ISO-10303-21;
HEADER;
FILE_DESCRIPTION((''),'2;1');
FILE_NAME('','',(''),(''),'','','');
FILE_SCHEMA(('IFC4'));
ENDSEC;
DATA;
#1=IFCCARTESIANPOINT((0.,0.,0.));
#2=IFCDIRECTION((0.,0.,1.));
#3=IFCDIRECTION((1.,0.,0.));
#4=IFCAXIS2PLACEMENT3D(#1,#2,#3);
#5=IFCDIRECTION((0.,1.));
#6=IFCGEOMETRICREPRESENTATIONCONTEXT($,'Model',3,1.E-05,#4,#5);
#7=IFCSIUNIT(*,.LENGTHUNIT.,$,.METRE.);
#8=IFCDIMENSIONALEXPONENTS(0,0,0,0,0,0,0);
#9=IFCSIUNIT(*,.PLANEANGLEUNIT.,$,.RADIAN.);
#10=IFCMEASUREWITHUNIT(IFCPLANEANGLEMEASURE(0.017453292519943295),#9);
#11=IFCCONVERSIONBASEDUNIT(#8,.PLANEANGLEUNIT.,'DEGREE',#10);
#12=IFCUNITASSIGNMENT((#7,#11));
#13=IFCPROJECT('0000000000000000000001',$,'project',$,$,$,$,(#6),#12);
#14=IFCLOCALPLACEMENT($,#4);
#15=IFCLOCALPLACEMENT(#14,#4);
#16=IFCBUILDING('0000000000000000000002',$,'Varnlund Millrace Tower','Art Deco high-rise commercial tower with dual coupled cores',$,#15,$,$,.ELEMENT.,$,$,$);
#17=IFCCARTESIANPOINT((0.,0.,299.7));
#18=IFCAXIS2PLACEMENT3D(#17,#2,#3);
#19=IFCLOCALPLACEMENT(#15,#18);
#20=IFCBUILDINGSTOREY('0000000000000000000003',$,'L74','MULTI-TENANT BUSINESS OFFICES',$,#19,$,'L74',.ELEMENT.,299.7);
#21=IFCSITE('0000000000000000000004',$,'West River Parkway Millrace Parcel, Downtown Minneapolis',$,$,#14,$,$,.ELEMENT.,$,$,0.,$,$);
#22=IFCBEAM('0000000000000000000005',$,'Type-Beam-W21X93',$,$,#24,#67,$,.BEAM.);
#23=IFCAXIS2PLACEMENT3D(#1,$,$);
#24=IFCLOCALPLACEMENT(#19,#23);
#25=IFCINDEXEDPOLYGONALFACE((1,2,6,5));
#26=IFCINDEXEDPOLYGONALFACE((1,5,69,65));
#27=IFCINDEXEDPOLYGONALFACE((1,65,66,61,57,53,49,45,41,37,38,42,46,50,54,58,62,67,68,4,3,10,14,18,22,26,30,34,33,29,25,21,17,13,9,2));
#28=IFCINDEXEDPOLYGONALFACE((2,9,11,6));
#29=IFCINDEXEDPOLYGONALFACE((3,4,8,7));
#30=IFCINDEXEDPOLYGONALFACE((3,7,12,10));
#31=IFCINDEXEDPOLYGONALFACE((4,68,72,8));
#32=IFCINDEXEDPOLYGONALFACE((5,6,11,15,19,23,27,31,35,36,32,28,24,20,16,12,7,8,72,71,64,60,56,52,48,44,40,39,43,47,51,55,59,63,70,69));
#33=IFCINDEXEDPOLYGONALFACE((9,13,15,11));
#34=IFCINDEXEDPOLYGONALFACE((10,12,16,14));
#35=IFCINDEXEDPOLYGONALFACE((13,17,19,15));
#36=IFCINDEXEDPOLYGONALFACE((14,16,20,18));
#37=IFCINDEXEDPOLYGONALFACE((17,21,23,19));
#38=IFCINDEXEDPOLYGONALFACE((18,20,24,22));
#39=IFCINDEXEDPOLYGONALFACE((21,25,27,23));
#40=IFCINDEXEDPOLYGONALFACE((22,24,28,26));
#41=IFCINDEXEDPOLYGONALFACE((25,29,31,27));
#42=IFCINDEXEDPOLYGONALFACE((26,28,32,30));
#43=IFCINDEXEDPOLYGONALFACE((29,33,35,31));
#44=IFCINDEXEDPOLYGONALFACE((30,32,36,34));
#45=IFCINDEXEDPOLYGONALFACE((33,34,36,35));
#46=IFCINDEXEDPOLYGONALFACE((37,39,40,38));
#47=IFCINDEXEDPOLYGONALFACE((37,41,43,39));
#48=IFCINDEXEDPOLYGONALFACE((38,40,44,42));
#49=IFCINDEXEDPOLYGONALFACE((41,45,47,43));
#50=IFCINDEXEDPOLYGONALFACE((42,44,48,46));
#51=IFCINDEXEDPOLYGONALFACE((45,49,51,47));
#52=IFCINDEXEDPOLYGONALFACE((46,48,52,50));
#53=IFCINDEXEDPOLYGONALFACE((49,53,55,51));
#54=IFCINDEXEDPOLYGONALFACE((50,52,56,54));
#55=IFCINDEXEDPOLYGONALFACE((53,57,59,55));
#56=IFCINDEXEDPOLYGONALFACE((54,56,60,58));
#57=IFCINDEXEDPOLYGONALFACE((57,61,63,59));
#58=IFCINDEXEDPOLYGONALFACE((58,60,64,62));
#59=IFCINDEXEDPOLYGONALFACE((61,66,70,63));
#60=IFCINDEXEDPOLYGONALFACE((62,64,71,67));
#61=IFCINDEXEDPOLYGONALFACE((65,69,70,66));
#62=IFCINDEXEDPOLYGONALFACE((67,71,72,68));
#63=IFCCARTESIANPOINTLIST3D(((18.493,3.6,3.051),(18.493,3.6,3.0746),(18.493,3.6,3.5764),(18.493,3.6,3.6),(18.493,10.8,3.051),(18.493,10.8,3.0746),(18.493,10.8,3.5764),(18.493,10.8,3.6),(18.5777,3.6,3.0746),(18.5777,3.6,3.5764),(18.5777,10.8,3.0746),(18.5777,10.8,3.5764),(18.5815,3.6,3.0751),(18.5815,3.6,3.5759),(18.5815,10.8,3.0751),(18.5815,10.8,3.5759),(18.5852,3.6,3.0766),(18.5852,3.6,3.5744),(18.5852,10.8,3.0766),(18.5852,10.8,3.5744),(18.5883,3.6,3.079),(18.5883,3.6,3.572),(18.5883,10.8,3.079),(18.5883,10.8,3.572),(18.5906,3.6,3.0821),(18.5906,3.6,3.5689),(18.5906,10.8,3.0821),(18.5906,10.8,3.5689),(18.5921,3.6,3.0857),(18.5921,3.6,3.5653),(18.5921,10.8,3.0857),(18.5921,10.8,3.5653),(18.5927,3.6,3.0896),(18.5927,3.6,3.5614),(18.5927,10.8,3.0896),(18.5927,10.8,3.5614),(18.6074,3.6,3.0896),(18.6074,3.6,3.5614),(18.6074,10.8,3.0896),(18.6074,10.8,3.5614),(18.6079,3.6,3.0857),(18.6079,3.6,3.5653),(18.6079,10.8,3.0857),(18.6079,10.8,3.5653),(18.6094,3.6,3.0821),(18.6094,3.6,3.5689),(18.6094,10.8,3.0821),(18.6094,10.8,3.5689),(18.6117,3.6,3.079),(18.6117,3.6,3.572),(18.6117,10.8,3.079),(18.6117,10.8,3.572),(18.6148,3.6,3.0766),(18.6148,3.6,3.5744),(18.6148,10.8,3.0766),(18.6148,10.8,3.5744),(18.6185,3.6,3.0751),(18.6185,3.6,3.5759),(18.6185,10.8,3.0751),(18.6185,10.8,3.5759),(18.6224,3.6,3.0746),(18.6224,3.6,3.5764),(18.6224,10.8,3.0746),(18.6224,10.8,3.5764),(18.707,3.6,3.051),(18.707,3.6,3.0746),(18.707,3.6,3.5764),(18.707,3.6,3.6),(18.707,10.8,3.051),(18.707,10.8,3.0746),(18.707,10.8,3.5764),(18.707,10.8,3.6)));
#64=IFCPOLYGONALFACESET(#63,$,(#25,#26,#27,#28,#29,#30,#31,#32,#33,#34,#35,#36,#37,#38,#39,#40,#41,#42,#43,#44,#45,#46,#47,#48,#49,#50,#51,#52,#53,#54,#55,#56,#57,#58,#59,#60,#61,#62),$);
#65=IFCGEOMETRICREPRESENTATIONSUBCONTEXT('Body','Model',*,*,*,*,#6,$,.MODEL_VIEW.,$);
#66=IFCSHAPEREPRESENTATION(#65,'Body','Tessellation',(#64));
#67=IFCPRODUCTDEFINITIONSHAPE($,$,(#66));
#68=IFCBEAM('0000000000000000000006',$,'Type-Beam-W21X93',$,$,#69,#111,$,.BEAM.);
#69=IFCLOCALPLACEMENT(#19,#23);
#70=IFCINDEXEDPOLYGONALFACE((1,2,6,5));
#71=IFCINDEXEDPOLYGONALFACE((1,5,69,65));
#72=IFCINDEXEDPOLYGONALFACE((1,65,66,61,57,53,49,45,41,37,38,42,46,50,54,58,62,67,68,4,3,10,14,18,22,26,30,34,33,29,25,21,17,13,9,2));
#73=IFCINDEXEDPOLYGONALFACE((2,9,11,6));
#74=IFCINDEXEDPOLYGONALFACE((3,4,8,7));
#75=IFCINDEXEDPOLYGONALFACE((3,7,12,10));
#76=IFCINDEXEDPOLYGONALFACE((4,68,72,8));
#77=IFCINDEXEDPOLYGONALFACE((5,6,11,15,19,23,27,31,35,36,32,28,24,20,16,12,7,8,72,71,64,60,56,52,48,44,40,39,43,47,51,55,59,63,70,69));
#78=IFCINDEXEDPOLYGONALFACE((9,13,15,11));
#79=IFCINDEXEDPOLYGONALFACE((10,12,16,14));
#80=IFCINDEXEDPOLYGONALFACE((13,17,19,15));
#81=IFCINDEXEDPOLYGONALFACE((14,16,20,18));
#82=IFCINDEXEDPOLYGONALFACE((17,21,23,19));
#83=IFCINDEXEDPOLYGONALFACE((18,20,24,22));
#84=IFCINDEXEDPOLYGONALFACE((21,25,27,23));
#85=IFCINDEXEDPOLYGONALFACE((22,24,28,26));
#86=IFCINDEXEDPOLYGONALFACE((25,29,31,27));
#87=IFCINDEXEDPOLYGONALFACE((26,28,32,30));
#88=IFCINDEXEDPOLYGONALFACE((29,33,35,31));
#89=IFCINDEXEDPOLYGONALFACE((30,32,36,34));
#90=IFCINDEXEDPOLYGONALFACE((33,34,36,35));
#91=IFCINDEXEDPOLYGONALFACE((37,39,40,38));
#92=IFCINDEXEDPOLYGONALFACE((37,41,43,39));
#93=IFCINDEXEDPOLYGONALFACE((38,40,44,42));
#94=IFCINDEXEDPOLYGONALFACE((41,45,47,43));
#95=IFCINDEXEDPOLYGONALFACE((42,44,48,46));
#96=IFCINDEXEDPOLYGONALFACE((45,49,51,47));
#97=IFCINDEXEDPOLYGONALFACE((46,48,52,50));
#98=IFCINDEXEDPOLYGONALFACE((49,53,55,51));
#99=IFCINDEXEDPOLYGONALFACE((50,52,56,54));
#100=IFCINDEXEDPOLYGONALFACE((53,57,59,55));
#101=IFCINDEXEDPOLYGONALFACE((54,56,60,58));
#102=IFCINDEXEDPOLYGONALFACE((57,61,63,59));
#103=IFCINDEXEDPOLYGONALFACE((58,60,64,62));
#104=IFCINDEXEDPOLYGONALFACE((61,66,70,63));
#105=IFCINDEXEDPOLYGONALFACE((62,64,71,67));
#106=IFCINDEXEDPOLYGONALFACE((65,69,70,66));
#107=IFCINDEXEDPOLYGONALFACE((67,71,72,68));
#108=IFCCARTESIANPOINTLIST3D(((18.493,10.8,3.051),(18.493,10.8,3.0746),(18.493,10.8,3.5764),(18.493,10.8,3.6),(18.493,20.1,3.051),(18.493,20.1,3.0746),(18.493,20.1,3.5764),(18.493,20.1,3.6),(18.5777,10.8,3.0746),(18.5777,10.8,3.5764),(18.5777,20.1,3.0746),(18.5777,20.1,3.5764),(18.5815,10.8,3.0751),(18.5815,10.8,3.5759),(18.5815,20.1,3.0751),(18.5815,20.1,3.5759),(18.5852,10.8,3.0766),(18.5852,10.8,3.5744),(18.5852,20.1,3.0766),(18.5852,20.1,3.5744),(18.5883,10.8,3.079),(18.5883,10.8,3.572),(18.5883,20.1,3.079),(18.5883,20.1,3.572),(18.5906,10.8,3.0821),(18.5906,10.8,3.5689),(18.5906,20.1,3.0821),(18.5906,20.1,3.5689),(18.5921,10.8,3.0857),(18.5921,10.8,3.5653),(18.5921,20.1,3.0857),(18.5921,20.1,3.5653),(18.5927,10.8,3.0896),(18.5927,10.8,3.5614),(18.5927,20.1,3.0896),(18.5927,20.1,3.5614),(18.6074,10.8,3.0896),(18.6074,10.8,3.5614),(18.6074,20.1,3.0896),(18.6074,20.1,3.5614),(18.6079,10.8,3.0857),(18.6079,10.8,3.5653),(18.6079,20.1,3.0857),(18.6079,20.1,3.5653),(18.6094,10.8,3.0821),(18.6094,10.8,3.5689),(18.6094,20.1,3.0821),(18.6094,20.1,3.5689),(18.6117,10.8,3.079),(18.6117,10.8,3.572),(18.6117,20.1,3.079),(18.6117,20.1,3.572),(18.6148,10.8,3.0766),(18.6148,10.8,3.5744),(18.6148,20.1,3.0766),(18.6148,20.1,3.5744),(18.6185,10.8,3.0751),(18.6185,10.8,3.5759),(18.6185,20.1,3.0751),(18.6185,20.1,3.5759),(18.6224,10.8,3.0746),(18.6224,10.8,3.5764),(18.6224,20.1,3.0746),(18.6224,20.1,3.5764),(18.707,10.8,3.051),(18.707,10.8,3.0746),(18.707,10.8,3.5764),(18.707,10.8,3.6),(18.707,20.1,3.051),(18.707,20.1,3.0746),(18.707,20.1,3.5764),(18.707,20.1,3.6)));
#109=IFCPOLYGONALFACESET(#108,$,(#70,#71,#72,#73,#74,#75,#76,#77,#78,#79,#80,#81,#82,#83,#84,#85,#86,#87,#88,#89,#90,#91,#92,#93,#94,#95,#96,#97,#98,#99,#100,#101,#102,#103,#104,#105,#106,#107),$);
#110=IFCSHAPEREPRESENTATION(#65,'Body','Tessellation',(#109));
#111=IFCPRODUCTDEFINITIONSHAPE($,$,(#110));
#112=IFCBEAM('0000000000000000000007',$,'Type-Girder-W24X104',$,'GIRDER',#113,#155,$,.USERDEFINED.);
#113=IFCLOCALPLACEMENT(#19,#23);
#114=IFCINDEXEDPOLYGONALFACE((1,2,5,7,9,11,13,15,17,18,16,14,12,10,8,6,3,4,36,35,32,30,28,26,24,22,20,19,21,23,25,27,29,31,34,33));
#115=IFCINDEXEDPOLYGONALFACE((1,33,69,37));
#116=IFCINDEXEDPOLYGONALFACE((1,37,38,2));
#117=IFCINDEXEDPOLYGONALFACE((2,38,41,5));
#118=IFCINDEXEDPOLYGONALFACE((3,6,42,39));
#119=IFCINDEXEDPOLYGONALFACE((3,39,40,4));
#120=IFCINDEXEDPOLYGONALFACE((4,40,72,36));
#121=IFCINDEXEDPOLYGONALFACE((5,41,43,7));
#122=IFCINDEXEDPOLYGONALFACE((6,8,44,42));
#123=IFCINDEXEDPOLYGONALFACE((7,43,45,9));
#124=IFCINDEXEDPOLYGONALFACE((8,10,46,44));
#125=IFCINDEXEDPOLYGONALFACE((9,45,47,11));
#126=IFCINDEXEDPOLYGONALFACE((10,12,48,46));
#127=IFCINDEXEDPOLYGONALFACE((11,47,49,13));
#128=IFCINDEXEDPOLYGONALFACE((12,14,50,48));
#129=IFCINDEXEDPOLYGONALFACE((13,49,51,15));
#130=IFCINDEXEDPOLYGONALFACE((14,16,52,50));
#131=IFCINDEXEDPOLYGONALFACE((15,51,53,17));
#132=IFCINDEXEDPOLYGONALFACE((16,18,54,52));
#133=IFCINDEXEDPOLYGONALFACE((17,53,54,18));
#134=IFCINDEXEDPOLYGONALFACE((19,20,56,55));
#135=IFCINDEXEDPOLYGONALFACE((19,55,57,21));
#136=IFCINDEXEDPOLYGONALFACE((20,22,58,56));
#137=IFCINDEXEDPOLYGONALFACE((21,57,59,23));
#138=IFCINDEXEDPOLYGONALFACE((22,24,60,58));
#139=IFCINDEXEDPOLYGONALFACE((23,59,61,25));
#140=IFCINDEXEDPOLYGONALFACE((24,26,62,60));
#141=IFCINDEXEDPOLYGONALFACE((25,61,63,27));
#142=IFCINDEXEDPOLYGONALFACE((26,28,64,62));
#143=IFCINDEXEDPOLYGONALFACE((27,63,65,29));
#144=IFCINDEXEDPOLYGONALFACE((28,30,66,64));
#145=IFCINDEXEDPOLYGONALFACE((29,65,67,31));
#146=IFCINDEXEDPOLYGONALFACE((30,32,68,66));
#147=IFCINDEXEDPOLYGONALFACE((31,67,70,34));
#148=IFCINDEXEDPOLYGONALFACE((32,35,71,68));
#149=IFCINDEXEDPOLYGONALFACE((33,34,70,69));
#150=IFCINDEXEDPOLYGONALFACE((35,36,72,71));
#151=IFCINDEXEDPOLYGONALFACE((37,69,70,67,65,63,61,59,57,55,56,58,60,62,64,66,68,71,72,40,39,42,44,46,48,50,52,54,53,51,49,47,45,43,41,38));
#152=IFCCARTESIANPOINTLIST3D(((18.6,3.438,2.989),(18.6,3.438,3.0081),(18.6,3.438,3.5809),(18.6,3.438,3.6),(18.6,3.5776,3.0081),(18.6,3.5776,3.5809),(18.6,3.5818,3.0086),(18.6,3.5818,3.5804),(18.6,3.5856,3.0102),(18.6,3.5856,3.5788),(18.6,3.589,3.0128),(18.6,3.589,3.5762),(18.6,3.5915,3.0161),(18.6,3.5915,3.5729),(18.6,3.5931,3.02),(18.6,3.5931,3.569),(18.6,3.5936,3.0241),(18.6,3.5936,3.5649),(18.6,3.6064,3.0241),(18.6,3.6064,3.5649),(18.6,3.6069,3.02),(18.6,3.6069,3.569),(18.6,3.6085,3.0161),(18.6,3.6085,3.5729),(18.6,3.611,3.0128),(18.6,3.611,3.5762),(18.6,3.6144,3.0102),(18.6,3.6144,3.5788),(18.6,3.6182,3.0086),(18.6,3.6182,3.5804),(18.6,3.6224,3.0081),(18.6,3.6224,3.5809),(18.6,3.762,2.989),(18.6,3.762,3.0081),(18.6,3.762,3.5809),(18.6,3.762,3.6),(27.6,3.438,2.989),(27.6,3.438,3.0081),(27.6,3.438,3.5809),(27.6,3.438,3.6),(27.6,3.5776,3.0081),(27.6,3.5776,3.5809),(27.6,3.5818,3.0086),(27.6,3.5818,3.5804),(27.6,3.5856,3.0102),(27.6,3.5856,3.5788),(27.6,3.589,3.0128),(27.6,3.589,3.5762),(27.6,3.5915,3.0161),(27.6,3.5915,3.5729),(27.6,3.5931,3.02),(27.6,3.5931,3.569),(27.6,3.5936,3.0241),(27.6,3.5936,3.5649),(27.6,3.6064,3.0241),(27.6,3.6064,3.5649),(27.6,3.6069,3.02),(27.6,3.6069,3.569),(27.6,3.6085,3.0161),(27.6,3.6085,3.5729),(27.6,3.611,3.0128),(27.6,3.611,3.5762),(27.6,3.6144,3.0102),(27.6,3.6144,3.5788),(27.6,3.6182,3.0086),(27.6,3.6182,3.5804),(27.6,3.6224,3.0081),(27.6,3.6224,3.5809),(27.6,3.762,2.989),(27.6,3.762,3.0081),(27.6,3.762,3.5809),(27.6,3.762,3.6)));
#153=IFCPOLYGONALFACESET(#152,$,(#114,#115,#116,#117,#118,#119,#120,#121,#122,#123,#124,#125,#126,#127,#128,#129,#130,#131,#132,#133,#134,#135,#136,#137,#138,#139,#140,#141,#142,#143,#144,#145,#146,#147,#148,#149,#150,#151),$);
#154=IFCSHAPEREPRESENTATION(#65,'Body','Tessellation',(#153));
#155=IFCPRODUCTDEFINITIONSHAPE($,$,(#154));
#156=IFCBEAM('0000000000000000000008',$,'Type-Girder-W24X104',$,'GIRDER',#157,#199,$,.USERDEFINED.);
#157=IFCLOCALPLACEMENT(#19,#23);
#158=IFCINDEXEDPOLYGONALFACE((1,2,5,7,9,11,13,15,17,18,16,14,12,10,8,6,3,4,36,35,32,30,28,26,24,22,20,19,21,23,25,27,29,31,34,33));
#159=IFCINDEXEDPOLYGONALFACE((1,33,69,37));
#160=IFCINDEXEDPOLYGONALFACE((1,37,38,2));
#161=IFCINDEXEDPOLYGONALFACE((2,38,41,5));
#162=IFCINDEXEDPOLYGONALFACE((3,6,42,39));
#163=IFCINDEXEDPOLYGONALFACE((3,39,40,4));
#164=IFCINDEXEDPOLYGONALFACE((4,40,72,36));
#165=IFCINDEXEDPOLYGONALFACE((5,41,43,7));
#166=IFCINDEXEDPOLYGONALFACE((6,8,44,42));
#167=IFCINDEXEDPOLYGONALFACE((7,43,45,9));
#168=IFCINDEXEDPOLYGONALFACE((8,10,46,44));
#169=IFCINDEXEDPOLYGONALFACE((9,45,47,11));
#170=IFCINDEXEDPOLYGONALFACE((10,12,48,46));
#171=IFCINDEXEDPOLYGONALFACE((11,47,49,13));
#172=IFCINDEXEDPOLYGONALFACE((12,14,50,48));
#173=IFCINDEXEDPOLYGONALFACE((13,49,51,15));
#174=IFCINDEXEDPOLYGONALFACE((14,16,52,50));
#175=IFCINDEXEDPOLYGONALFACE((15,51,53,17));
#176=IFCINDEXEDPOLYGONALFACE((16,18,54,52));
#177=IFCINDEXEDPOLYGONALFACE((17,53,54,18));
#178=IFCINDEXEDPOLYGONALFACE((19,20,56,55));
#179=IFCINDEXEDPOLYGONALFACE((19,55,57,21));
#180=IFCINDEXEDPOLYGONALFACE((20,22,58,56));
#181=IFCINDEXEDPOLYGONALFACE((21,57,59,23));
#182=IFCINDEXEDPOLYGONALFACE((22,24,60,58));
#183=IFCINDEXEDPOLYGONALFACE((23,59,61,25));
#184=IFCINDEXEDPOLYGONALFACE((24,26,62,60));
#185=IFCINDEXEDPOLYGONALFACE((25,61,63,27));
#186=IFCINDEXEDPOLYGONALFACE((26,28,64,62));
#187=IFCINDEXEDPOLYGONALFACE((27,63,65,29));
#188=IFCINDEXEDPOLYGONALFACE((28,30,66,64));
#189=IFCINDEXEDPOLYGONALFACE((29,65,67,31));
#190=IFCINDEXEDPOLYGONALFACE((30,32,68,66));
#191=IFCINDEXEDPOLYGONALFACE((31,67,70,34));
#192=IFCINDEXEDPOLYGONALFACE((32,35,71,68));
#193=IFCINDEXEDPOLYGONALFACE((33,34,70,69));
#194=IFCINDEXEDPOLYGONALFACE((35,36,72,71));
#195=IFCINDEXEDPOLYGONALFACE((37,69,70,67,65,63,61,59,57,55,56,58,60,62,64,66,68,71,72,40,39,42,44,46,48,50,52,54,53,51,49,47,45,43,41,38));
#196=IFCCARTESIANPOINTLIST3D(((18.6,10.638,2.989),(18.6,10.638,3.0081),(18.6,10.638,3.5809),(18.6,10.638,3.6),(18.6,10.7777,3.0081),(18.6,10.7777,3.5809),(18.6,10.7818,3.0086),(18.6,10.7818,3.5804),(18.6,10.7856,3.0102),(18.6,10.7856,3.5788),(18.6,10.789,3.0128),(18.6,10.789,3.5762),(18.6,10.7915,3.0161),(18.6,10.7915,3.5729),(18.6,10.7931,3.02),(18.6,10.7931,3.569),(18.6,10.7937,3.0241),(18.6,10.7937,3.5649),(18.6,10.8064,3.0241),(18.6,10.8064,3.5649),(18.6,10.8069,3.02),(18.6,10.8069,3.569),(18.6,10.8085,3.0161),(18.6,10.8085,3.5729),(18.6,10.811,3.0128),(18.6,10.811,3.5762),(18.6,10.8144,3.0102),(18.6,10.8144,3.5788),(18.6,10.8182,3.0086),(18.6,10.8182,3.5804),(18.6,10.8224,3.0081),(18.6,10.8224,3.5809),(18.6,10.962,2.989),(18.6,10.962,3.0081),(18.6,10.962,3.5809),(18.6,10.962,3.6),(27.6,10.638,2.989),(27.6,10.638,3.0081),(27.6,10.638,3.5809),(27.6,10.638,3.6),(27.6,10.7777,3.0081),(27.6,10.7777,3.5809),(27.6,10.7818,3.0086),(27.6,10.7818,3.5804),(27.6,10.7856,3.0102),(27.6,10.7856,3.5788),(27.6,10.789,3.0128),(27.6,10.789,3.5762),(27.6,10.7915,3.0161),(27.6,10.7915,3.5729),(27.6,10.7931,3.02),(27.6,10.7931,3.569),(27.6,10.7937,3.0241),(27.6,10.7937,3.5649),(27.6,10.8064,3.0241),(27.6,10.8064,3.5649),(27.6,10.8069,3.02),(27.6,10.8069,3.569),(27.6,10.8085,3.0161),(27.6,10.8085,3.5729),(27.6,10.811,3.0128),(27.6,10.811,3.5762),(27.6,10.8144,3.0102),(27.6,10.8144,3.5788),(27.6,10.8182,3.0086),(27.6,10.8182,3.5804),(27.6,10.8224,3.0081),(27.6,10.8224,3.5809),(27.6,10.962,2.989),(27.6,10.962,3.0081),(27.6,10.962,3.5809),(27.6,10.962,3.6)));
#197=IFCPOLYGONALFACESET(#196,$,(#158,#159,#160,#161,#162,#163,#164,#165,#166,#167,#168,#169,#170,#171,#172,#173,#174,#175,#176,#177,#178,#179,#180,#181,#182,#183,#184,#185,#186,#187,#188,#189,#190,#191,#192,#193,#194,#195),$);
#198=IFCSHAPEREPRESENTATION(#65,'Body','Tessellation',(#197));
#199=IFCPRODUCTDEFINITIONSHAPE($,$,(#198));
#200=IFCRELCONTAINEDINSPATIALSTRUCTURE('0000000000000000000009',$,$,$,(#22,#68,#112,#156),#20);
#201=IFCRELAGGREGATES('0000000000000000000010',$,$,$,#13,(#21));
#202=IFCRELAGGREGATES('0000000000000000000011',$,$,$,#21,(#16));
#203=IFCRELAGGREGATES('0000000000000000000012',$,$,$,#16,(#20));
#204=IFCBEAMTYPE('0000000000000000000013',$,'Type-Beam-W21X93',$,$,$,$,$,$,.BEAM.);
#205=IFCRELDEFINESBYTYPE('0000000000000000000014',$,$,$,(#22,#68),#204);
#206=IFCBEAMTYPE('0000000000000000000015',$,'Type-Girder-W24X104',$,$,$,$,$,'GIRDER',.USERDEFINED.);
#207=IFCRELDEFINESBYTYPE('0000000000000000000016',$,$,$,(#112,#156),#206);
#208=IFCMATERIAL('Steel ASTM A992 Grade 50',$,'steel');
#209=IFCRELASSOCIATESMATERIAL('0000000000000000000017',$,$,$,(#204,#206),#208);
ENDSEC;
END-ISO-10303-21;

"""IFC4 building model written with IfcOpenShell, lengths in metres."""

from ifc_helpers import new_model, entity, si_unit, converted_unit, direction, frame, origin_with_axes, origin_2d_with_axis, place, context, subcontext, project, spatial, i_section, extrude, material, material_profile, profile_set, type_object, element, save


model = new_model("IFC4")

# Units and contexts
model_context = context("Model", 3, precision=1e-05, world=origin_with_axes(), true_north=direction((0.0, 1.0)))
body_context = subcontext(model_context, "Body", "Model", "MODEL_VIEW")
ifc_project = project(units=[si_unit("LENGTHUNIT", "METRE"), converted_unit("PLANEANGLEUNIT", "DEGREE", entity("IfcPlaneAngleMeasure", 0.017453292519943295), si_unit("PLANEANGLEUNIT", "RADIAN"), dimensions=[0, 0, 0, 0, 0, 0, 0])], contexts=[model_context])

# Site, building, storey
site_placement = place(None, origin_with_axes())
site = spatial("IfcSite", under=ifc_project, at=site_placement, Name="West River Parkway Millrace Parcel, Downtown Minneapolis", CompositionType="ELEMENT", RefElevation=0.0)
building_placement = place(site_placement, origin_with_axes())
building = spatial("IfcBuilding", under=site, at=building_placement, Name="Varnlund Millrace Tower", Description="Art Deco high-rise commercial tower with dual coupled cores", CompositionType="ELEMENT")
storey_placement = place(building_placement, frame((0.0, 0.0, 299.7), z_axis=(0.0, 0.0, 1.0), x_axis=(1.0, 0.0, 0.0)))
storey = spatial("IfcBuildingStorey", under=building, at=storey_placement, Name="L74", Description="MULTI-TENANT BUSINESS OFFICES", LongName="L74", CompositionType="ELEMENT", Elevation=299.7)

# Beams
ifc_material_1 = material(Name="Steel ASTM A992 Grade 50", Category="steel")
ifc_material_profile_1 = material_profile(ifc_material_1, i_section(OverallWidth=0.214, OverallDepth=0.549, WebThickness=0.0147, FlangeThickness=0.0236, FilletRadius=0.015, at=origin_2d_with_axis()), Name="Steel ASTM A992 Grade 50")
ifc_profile_set_1 = profile_set([ifc_material_profile_1], Name="Steel ASTM A992 Grade 50")
beam_type_1 = type_object("IfcBeamType", Name="Type-Beam-W21X93", PredefinedType="BEAM", material=ifc_profile_set_1)
beam_1_placement = place(storey_placement, frame((18.6, 3.6, 3.3255), z_axis=(0.0, 1.0, 0.0), x_axis=(-1.0, 0.0, 0.0)))
element("IfcBeam", 1, at=beam_1_placement, inside=storey, type_object=beam_type_1, Name="Type-Beam-W21X93", PredefinedType="BEAM", context=body_context, shape_type="SweptSolid", body=[
    extrude(i_section(OverallWidth=0.214, OverallDepth=0.549, WebThickness=0.0147, FlangeThickness=0.0236, FilletRadius=0.015, at=origin_2d_with_axis()), origin_with_axes(), (0.0, 0.0, 1.0), 7.2),
])
beam_2_placement = place(storey_placement, frame((18.6, 10.8, 3.3255), z_axis=(0.0, 1.0, 0.0), x_axis=(-1.0, 0.0, 0.0)))
element("IfcBeam", 2, at=beam_2_placement, inside=storey, type_object=beam_type_1, Name="Type-Beam-W21X93", PredefinedType="BEAM", context=body_context, shape_type="SweptSolid", body=[
    extrude(i_section(OverallWidth=0.214, OverallDepth=0.549, WebThickness=0.0147, FlangeThickness=0.0236, FilletRadius=0.015, at=origin_2d_with_axis()), origin_with_axes(), (0.0, 0.0, 1.0), 9.3),
])
ifc_material_profile_2 = material_profile(ifc_material_1, i_section(OverallWidth=0.324, OverallDepth=0.611, WebThickness=0.0127, FlangeThickness=0.0191, FilletRadius=0.016, at=origin_2d_with_axis()), Name="Steel ASTM A992 Grade 50")
ifc_profile_set_2 = profile_set([ifc_material_profile_2], Name="Steel ASTM A992 Grade 50")
beam_type_2 = type_object("IfcBeamType", Name="Type-Girder-W24X104", ElementType="GIRDER", PredefinedType="USERDEFINED", material=ifc_profile_set_2)
for number, where, z_axis, x_axis, name in (
    (3, (18.6, 3.6, 3.2945), (1.0, 0.0, 0.0), (0.0, 1.0, 0.0), "Type-Girder-W24X104"),
    (4, (18.6, 10.8, 3.2945), (1.0, 0.0, 0.0), (0.0, 1.0, 0.0), "Type-Girder-W24X104"),
):
    element("IfcBeam", number, at=place(storey_placement, frame(where, z_axis=z_axis, x_axis=x_axis)), inside=storey, type_object=beam_type_2, Name=name, ObjectType="GIRDER", PredefinedType="USERDEFINED", context=body_context, shape_type="SweptSolid", body=[
        extrude(i_section(OverallWidth=0.324, OverallDepth=0.611, WebThickness=0.0127, FlangeThickness=0.0191, FilletRadius=0.016, at=origin_2d_with_axis()), origin_with_axes(), (0.0, 0.0, 1.0), 9.0),
    ])

save(model, "model.ifc")
